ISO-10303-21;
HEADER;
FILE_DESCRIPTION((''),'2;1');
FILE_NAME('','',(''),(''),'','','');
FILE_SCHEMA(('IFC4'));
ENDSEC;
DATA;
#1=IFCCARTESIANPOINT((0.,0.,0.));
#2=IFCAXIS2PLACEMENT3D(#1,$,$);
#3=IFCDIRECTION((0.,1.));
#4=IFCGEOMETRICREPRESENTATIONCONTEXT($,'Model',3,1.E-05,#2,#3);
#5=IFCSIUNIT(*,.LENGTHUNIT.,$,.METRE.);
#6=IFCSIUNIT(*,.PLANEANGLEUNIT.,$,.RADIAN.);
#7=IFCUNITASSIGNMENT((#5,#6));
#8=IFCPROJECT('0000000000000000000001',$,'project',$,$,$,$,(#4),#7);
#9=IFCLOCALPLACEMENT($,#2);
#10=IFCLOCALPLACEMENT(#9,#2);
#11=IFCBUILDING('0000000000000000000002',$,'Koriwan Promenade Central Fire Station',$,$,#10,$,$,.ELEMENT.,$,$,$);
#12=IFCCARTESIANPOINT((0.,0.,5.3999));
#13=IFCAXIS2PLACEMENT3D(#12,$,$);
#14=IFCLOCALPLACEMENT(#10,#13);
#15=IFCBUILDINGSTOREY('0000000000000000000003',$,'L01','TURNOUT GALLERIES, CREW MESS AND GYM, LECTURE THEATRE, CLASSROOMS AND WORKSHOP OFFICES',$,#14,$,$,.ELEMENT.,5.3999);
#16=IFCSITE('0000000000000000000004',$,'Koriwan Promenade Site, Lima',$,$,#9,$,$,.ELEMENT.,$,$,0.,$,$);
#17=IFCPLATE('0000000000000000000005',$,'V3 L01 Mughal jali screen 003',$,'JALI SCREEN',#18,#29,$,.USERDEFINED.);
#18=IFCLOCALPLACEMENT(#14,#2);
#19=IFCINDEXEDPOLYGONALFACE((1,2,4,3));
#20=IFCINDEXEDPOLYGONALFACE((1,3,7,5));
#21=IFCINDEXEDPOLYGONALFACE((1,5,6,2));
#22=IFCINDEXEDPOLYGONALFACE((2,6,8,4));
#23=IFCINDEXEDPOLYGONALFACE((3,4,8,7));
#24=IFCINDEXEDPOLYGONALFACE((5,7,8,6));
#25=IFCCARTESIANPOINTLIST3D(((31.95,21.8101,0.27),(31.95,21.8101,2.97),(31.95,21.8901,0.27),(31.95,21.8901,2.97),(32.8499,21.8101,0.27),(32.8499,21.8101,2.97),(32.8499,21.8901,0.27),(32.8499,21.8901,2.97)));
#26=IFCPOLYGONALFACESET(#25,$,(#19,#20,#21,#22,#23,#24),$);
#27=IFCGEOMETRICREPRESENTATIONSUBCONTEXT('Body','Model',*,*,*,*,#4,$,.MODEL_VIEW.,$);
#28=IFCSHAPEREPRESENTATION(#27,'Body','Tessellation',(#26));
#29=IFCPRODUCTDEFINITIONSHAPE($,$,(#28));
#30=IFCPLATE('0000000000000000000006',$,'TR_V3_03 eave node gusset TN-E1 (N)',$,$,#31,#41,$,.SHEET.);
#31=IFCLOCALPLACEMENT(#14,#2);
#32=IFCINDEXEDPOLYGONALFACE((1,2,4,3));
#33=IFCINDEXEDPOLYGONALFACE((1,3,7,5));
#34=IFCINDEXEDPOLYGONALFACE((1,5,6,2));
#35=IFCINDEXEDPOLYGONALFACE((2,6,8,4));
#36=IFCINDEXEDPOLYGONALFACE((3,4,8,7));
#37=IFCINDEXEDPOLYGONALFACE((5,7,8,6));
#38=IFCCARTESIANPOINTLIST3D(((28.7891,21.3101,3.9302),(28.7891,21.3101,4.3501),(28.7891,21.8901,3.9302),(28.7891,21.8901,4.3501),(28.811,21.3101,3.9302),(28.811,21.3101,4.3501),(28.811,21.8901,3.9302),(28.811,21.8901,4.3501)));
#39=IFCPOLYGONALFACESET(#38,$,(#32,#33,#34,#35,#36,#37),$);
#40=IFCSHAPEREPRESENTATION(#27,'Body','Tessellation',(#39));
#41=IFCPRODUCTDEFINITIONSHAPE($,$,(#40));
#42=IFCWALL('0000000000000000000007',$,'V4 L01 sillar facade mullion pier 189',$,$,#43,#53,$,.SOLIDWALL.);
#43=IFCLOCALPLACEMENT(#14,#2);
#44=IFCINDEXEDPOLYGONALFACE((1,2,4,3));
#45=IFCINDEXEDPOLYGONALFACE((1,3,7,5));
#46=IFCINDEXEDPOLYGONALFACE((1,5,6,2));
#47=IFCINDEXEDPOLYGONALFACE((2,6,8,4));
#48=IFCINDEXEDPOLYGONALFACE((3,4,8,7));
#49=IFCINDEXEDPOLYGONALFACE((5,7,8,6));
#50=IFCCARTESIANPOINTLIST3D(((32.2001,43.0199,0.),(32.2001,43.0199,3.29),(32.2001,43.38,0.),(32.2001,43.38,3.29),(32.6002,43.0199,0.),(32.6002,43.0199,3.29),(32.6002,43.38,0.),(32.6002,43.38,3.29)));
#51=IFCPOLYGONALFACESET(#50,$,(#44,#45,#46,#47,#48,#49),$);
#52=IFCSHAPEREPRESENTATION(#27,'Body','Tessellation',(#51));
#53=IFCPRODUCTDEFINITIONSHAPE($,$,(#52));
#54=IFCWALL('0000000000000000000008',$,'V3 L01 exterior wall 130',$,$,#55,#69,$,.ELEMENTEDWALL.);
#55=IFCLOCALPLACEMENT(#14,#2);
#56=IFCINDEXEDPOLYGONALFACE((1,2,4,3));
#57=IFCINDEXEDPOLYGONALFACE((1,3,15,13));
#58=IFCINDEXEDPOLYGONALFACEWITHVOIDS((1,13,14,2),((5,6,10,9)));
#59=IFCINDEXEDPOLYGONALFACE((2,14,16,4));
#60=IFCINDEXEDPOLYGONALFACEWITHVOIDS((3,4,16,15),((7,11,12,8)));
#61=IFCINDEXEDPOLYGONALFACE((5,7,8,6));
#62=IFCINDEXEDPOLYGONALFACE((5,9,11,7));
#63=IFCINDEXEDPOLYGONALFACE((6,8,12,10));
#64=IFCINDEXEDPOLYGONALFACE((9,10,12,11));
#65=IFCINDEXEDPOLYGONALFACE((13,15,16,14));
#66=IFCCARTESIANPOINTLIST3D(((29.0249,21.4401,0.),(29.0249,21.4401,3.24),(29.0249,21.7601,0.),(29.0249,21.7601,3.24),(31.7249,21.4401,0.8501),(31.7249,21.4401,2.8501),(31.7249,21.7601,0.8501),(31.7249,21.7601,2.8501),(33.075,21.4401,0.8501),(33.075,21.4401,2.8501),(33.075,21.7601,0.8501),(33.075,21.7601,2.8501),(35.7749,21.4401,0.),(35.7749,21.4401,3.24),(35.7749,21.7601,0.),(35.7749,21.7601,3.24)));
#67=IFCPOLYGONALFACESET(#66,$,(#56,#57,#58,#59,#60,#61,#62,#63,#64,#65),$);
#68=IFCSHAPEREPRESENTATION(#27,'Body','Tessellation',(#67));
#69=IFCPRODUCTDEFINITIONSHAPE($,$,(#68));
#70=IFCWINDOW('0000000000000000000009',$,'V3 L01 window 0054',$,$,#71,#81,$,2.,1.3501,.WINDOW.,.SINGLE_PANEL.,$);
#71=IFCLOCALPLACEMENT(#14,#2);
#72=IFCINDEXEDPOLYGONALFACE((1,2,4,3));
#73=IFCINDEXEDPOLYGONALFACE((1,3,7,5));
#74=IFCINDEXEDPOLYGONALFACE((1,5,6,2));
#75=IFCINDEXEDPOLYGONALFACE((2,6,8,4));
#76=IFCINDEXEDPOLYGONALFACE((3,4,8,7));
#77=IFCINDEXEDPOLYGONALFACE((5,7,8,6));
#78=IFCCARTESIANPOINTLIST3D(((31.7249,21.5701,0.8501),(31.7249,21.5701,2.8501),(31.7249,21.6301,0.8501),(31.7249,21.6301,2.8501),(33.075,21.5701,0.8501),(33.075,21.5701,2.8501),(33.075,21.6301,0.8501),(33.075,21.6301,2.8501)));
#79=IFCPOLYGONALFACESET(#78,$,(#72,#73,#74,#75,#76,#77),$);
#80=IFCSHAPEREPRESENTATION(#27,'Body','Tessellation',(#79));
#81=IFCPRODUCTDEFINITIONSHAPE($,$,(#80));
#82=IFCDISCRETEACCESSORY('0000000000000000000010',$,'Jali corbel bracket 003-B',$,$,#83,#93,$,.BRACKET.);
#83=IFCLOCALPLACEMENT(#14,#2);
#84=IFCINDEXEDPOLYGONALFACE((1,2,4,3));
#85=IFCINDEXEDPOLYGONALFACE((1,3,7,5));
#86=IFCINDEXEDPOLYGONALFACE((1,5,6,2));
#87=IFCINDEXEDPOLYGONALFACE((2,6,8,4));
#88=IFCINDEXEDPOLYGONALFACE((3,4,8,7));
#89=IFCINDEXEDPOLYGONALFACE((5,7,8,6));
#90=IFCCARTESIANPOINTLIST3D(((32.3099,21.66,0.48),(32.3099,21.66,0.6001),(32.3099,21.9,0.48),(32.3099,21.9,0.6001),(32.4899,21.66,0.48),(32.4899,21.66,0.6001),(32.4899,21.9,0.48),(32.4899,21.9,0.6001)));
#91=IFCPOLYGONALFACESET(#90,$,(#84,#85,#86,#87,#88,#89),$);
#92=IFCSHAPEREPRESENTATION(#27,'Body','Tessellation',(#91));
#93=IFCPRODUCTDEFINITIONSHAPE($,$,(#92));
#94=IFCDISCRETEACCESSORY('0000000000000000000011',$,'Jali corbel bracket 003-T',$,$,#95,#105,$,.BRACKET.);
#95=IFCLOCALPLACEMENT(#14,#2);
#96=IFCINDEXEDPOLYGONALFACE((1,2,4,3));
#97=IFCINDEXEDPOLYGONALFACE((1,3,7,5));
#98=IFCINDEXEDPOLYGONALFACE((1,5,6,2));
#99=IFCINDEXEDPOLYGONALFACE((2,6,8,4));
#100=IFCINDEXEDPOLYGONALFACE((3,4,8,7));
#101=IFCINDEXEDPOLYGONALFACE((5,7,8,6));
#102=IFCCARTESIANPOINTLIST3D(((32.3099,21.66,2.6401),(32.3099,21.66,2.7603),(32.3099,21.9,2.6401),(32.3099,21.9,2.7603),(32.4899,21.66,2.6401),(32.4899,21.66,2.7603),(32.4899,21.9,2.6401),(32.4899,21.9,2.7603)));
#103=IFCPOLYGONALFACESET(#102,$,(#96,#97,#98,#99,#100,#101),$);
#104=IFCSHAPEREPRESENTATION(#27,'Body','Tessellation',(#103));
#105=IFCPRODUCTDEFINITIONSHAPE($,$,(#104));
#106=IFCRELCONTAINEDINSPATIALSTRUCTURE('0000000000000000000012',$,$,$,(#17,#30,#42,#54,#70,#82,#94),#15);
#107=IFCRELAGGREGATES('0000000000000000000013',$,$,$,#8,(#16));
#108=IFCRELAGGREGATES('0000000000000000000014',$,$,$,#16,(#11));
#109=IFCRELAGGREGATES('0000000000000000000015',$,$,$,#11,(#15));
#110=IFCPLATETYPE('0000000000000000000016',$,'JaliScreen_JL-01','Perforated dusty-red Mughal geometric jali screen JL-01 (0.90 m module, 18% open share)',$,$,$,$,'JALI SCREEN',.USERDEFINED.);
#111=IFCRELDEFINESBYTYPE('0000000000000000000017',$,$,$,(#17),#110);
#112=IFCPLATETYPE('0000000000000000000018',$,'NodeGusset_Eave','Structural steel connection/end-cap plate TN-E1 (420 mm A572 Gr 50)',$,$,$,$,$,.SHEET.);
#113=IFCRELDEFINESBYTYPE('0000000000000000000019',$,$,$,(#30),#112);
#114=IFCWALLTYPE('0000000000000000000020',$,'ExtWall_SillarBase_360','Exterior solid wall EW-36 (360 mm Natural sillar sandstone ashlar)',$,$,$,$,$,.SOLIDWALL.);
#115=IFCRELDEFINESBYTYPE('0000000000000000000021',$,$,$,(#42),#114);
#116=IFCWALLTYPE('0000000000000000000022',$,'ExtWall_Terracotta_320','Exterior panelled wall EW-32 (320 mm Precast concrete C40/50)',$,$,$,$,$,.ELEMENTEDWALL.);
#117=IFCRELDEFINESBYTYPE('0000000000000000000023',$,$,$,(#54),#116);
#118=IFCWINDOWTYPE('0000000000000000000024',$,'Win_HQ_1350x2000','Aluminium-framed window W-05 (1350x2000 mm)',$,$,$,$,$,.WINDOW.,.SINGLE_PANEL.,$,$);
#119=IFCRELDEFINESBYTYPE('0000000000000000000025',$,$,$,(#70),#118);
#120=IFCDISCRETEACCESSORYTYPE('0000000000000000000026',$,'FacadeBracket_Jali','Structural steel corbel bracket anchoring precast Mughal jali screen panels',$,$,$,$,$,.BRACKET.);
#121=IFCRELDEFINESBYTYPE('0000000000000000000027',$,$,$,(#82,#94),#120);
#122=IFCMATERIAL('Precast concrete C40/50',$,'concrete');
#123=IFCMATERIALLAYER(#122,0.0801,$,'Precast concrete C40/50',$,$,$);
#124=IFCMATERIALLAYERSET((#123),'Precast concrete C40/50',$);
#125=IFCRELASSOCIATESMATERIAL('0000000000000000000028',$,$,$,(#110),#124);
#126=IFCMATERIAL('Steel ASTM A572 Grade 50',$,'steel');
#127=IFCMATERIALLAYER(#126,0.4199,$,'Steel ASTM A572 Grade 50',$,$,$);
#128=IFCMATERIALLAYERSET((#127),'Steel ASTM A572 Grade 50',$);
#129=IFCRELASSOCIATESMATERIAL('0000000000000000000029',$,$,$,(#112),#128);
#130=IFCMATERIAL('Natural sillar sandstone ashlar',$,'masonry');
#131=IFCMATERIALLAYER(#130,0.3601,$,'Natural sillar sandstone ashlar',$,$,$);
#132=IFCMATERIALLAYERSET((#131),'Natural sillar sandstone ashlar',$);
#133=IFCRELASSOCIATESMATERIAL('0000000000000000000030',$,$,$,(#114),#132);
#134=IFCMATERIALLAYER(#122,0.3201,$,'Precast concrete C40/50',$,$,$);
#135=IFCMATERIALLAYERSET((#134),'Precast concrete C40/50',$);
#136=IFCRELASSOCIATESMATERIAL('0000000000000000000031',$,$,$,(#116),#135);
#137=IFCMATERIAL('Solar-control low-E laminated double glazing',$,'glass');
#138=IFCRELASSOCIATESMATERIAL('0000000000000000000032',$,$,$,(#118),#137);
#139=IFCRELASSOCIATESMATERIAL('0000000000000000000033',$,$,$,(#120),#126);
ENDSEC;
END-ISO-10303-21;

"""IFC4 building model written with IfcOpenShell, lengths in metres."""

from ifc_helpers import new_model, si_unit, direction, frame, frame_2d, origin, origin_2d, place, context, subcontext, project, spatial, rectangle, extrude, material, layer, layer_set, type_object, element, fill, save


model = new_model("IFC4")

# Units and contexts
model_context = context("Model", 3, precision=1e-05, world=origin(), true_north=direction((0.0, 1.0)))
body_context = subcontext(model_context, "Body", "Model", "MODEL_VIEW")
ifc_project = project(units=[si_unit("LENGTHUNIT", "METRE"), si_unit("PLANEANGLEUNIT", "RADIAN")], contexts=[model_context])

# Site, building, storey
site_placement = place(None, origin())
site = spatial("IfcSite", under=ifc_project, at=site_placement, Name="Koriwan Promenade Site, Lima", CompositionType="ELEMENT", RefElevation=0.0)
building_placement = place(site_placement, origin())
building = spatial("IfcBuilding", under=site, at=building_placement, Name="Koriwan Promenade Central Fire Station", CompositionType="ELEMENT")
storey_placement = place(building_placement, frame((0.0, 0.0, 5.3999)))
storey = spatial("IfcBuildingStorey", under=building, at=storey_placement, Name="L01", Description="TURNOUT GALLERIES, CREW MESS AND GYM, LECTURE THEATRE, CLASSROOMS AND WORKSHOP OFFICES", CompositionType="ELEMENT", Elevation=5.3999)

# Plates
ifc_material_1 = material(Name="Precast concrete C40/50", Category="concrete")
ifc_layer_1 = layer(ifc_material_1, 0.0801, Name="Precast concrete C40/50")
ifc_layer_set_1 = layer_set([ifc_layer_1], Name="Precast concrete C40/50")
plate_type_1 = type_object("IfcPlateType", Name="JaliScreen_JL-01", Description="Perforated dusty-red Mughal geometric jali screen JL-01 (0.90 m module, 18% open share)", ElementType="JALI SCREEN", PredefinedType="USERDEFINED", material=ifc_layer_set_1)
plate_1_placement = place(storey_placement, frame((32.3999, 21.8501, 0.27), z_axis=(0.0, 0.0, 1.0), x_axis=(-1.0, 0.0, 0.0)))
element("IfcPlate", 1, at=plate_1_placement, inside=storey, type_object=plate_type_1, Name="V3 L01 Mughal jali screen 003", ObjectType="JALI SCREEN", PredefinedType="USERDEFINED", context=body_context, shape_type="SweptSolid", body=[
    extrude(rectangle(XDim=0.8999, YDim=0.0801, at=origin_2d()), origin(), (0.0, 0.0, 1.0), 2.7),
])
ifc_material_2 = material(Name="Steel ASTM A572 Grade 50", Category="steel")
ifc_layer_2 = layer(ifc_material_2, 0.4199, Name="Steel ASTM A572 Grade 50")
ifc_layer_set_2 = layer_set([ifc_layer_2], Name="Steel ASTM A572 Grade 50")
plate_type_2 = type_object("IfcPlateType", Name="NodeGusset_Eave", Description="Structural steel connection/end-cap plate TN-E1 (420 mm A572 Gr 50)", PredefinedType="SHEET", material=ifc_layer_set_2)
plate_2_placement = place(storey_placement, frame((28.8, 21.6001, 3.9302), z_axis=(0.0, 0.0, 1.0), x_axis=(1.0, 0.0, 0.0)))
element("IfcPlate", 2, at=plate_2_placement, inside=storey, type_object=plate_type_2, Name="TR_V3_03 eave node gusset TN-E1 (N)", PredefinedType="SHEET", context=body_context, shape_type="SweptSolid", body=[
    extrude(rectangle(XDim=0.022, YDim=0.5801, at=origin_2d()), origin(), (0.0, 0.0, 1.0), 0.4199),
])

# Wall
ifc_material_3 = material(Name="Natural sillar sandstone ashlar", Category="masonry")
ifc_layer_3 = layer(ifc_material_3, 0.3601, Name="Natural sillar sandstone ashlar")
ifc_layer_set_3 = layer_set([ifc_layer_3], Name="Natural sillar sandstone ashlar")
wall_type_1 = type_object("IfcWallType", Name="ExtWall_SillarBase_360", Description="Exterior solid wall EW-36 (360 mm Natural sillar sandstone ashlar)", PredefinedType="SOLIDWALL", material=ifc_layer_set_3)
wall_1_placement = place(storey_placement, frame((32.2, 43.2, 0.0), z_axis=(0.0, 0.0, 1.0), x_axis=(1.0, 0.0, 0.0)))
element("IfcWall", 3, at=wall_1_placement, inside=storey, type_object=wall_type_1, Name="V4 L01 sillar facade mullion pier 189", PredefinedType="SOLIDWALL", context=body_context, shape_type="SweptSolid", body=[
    extrude(rectangle(XDim=0.4001, YDim=0.3601, at=frame_2d((0.2002, 0.0))), origin(), (0.0, 0.0, 1.0), 3.29),
])

# Wall, opening, window
ifc_layer_4 = layer(ifc_material_1, 0.3201, Name="Precast concrete C40/50")
ifc_layer_set_4 = layer_set([ifc_layer_4], Name="Precast concrete C40/50")
wall_type_2 = type_object("IfcWallType", Name="ExtWall_Terracotta_320", Description="Exterior panelled wall EW-32 (320 mm Precast concrete C40/50)", PredefinedType="ELEMENTEDWALL", material=ifc_layer_set_4)
wall_2_placement = place(storey_placement, frame((35.7749, 21.6001, 0.0), z_axis=(0.0, 0.0, 1.0), x_axis=(-1.0, 0.0, 0.0)))
wall_2 = element("IfcWall", 4, at=wall_2_placement, inside=storey, type_object=wall_type_2, Name="V3 L01 exterior wall 130", PredefinedType="ELEMENTEDWALL", context=body_context, shape_type="SweptSolid", body=[
    extrude(rectangle(XDim=6.75, YDim=0.3201, at=frame_2d((3.375, 0.0))), origin(), (0.0, 0.0, 1.0), 3.24),
])
opening_placement = place(wall_2_placement, frame((2.7, 0.0, 0.8501)))
opening = element("IfcOpeningElement", 5, at=opening_placement, cuts=wall_2, PredefinedType="OPENING", context=body_context, shape_type="SweptSolid", body=[
    extrude(rectangle(XDim=1.3501, YDim=2.0, at=frame_2d((0.675, 1.0))), frame((0.0, 0.1719, 0.0), z_axis=(0.0, -1.0, 0.0), x_axis=(1.0, 0.0, 0.0)), (0.0, 0.0, 1.0), 0.344),
])
ifc_material_4 = material(Name="Solar-control low-E laminated double glazing", Category="glass")
window_type = type_object("IfcWindowType", Name="Win_HQ_1350x2000", Description="Aluminium-framed window W-05 (1350x2000 mm)", PartitioningType="SINGLE_PANEL", PredefinedType="WINDOW", material=ifc_material_4)
window_placement = place(opening_placement, origin())
window = element("IfcWindow", 6, at=window_placement, inside=storey, type_object=window_type, Name="V3 L01 window 0054", OverallHeight=2.0, OverallWidth=1.3501, PartitioningType="SINGLE_PANEL", PredefinedType="WINDOW", context=body_context, shape_type="SweptSolid", body=[
    extrude(rectangle(XDim=1.3501, YDim=2.0, at=frame_2d((0.675, 1.0))), frame((0.0, 0.03, 0.0), z_axis=(0.0, -1.0, 0.0), x_axis=(1.0, 0.0, 0.0)), (0.0, 0.0, 1.0), 0.0601),
])
fill(opening, window)

# Discrete accessories
discrete_accessory_type = type_object("IfcDiscreteAccessoryType", Name="FacadeBracket_Jali", Description="Structural steel corbel bracket anchoring precast Mughal jali screen panels", PredefinedType="BRACKET", material=ifc_material_2)
for number, where, z_axis, x_axis, name in (
    (7, (32.3999, 21.78, 0.48), (0.0, 0.0, 1.0), (0.0, 1.0, 0.0), "Jali corbel bracket 003-B"),
    (8, (32.3999, 21.78, 2.6401), (0.0, 0.0, 1.0), (0.0, 1.0, 0.0), "Jali corbel bracket 003-T"),
):
    element("IfcDiscreteAccessory", number, at=place(storey_placement, frame(where, z_axis=z_axis, x_axis=x_axis)), inside=storey, type_object=discrete_accessory_type, Name=name, PredefinedType="BRACKET", context=body_context, shape_type="SweptSolid", body=[
        extrude(rectangle(XDim=0.24, YDim=0.1799, at=origin_2d()), origin(), (0.0, 0.0, 1.0), 0.1201),
    ])

save(model, "model.ifc")
